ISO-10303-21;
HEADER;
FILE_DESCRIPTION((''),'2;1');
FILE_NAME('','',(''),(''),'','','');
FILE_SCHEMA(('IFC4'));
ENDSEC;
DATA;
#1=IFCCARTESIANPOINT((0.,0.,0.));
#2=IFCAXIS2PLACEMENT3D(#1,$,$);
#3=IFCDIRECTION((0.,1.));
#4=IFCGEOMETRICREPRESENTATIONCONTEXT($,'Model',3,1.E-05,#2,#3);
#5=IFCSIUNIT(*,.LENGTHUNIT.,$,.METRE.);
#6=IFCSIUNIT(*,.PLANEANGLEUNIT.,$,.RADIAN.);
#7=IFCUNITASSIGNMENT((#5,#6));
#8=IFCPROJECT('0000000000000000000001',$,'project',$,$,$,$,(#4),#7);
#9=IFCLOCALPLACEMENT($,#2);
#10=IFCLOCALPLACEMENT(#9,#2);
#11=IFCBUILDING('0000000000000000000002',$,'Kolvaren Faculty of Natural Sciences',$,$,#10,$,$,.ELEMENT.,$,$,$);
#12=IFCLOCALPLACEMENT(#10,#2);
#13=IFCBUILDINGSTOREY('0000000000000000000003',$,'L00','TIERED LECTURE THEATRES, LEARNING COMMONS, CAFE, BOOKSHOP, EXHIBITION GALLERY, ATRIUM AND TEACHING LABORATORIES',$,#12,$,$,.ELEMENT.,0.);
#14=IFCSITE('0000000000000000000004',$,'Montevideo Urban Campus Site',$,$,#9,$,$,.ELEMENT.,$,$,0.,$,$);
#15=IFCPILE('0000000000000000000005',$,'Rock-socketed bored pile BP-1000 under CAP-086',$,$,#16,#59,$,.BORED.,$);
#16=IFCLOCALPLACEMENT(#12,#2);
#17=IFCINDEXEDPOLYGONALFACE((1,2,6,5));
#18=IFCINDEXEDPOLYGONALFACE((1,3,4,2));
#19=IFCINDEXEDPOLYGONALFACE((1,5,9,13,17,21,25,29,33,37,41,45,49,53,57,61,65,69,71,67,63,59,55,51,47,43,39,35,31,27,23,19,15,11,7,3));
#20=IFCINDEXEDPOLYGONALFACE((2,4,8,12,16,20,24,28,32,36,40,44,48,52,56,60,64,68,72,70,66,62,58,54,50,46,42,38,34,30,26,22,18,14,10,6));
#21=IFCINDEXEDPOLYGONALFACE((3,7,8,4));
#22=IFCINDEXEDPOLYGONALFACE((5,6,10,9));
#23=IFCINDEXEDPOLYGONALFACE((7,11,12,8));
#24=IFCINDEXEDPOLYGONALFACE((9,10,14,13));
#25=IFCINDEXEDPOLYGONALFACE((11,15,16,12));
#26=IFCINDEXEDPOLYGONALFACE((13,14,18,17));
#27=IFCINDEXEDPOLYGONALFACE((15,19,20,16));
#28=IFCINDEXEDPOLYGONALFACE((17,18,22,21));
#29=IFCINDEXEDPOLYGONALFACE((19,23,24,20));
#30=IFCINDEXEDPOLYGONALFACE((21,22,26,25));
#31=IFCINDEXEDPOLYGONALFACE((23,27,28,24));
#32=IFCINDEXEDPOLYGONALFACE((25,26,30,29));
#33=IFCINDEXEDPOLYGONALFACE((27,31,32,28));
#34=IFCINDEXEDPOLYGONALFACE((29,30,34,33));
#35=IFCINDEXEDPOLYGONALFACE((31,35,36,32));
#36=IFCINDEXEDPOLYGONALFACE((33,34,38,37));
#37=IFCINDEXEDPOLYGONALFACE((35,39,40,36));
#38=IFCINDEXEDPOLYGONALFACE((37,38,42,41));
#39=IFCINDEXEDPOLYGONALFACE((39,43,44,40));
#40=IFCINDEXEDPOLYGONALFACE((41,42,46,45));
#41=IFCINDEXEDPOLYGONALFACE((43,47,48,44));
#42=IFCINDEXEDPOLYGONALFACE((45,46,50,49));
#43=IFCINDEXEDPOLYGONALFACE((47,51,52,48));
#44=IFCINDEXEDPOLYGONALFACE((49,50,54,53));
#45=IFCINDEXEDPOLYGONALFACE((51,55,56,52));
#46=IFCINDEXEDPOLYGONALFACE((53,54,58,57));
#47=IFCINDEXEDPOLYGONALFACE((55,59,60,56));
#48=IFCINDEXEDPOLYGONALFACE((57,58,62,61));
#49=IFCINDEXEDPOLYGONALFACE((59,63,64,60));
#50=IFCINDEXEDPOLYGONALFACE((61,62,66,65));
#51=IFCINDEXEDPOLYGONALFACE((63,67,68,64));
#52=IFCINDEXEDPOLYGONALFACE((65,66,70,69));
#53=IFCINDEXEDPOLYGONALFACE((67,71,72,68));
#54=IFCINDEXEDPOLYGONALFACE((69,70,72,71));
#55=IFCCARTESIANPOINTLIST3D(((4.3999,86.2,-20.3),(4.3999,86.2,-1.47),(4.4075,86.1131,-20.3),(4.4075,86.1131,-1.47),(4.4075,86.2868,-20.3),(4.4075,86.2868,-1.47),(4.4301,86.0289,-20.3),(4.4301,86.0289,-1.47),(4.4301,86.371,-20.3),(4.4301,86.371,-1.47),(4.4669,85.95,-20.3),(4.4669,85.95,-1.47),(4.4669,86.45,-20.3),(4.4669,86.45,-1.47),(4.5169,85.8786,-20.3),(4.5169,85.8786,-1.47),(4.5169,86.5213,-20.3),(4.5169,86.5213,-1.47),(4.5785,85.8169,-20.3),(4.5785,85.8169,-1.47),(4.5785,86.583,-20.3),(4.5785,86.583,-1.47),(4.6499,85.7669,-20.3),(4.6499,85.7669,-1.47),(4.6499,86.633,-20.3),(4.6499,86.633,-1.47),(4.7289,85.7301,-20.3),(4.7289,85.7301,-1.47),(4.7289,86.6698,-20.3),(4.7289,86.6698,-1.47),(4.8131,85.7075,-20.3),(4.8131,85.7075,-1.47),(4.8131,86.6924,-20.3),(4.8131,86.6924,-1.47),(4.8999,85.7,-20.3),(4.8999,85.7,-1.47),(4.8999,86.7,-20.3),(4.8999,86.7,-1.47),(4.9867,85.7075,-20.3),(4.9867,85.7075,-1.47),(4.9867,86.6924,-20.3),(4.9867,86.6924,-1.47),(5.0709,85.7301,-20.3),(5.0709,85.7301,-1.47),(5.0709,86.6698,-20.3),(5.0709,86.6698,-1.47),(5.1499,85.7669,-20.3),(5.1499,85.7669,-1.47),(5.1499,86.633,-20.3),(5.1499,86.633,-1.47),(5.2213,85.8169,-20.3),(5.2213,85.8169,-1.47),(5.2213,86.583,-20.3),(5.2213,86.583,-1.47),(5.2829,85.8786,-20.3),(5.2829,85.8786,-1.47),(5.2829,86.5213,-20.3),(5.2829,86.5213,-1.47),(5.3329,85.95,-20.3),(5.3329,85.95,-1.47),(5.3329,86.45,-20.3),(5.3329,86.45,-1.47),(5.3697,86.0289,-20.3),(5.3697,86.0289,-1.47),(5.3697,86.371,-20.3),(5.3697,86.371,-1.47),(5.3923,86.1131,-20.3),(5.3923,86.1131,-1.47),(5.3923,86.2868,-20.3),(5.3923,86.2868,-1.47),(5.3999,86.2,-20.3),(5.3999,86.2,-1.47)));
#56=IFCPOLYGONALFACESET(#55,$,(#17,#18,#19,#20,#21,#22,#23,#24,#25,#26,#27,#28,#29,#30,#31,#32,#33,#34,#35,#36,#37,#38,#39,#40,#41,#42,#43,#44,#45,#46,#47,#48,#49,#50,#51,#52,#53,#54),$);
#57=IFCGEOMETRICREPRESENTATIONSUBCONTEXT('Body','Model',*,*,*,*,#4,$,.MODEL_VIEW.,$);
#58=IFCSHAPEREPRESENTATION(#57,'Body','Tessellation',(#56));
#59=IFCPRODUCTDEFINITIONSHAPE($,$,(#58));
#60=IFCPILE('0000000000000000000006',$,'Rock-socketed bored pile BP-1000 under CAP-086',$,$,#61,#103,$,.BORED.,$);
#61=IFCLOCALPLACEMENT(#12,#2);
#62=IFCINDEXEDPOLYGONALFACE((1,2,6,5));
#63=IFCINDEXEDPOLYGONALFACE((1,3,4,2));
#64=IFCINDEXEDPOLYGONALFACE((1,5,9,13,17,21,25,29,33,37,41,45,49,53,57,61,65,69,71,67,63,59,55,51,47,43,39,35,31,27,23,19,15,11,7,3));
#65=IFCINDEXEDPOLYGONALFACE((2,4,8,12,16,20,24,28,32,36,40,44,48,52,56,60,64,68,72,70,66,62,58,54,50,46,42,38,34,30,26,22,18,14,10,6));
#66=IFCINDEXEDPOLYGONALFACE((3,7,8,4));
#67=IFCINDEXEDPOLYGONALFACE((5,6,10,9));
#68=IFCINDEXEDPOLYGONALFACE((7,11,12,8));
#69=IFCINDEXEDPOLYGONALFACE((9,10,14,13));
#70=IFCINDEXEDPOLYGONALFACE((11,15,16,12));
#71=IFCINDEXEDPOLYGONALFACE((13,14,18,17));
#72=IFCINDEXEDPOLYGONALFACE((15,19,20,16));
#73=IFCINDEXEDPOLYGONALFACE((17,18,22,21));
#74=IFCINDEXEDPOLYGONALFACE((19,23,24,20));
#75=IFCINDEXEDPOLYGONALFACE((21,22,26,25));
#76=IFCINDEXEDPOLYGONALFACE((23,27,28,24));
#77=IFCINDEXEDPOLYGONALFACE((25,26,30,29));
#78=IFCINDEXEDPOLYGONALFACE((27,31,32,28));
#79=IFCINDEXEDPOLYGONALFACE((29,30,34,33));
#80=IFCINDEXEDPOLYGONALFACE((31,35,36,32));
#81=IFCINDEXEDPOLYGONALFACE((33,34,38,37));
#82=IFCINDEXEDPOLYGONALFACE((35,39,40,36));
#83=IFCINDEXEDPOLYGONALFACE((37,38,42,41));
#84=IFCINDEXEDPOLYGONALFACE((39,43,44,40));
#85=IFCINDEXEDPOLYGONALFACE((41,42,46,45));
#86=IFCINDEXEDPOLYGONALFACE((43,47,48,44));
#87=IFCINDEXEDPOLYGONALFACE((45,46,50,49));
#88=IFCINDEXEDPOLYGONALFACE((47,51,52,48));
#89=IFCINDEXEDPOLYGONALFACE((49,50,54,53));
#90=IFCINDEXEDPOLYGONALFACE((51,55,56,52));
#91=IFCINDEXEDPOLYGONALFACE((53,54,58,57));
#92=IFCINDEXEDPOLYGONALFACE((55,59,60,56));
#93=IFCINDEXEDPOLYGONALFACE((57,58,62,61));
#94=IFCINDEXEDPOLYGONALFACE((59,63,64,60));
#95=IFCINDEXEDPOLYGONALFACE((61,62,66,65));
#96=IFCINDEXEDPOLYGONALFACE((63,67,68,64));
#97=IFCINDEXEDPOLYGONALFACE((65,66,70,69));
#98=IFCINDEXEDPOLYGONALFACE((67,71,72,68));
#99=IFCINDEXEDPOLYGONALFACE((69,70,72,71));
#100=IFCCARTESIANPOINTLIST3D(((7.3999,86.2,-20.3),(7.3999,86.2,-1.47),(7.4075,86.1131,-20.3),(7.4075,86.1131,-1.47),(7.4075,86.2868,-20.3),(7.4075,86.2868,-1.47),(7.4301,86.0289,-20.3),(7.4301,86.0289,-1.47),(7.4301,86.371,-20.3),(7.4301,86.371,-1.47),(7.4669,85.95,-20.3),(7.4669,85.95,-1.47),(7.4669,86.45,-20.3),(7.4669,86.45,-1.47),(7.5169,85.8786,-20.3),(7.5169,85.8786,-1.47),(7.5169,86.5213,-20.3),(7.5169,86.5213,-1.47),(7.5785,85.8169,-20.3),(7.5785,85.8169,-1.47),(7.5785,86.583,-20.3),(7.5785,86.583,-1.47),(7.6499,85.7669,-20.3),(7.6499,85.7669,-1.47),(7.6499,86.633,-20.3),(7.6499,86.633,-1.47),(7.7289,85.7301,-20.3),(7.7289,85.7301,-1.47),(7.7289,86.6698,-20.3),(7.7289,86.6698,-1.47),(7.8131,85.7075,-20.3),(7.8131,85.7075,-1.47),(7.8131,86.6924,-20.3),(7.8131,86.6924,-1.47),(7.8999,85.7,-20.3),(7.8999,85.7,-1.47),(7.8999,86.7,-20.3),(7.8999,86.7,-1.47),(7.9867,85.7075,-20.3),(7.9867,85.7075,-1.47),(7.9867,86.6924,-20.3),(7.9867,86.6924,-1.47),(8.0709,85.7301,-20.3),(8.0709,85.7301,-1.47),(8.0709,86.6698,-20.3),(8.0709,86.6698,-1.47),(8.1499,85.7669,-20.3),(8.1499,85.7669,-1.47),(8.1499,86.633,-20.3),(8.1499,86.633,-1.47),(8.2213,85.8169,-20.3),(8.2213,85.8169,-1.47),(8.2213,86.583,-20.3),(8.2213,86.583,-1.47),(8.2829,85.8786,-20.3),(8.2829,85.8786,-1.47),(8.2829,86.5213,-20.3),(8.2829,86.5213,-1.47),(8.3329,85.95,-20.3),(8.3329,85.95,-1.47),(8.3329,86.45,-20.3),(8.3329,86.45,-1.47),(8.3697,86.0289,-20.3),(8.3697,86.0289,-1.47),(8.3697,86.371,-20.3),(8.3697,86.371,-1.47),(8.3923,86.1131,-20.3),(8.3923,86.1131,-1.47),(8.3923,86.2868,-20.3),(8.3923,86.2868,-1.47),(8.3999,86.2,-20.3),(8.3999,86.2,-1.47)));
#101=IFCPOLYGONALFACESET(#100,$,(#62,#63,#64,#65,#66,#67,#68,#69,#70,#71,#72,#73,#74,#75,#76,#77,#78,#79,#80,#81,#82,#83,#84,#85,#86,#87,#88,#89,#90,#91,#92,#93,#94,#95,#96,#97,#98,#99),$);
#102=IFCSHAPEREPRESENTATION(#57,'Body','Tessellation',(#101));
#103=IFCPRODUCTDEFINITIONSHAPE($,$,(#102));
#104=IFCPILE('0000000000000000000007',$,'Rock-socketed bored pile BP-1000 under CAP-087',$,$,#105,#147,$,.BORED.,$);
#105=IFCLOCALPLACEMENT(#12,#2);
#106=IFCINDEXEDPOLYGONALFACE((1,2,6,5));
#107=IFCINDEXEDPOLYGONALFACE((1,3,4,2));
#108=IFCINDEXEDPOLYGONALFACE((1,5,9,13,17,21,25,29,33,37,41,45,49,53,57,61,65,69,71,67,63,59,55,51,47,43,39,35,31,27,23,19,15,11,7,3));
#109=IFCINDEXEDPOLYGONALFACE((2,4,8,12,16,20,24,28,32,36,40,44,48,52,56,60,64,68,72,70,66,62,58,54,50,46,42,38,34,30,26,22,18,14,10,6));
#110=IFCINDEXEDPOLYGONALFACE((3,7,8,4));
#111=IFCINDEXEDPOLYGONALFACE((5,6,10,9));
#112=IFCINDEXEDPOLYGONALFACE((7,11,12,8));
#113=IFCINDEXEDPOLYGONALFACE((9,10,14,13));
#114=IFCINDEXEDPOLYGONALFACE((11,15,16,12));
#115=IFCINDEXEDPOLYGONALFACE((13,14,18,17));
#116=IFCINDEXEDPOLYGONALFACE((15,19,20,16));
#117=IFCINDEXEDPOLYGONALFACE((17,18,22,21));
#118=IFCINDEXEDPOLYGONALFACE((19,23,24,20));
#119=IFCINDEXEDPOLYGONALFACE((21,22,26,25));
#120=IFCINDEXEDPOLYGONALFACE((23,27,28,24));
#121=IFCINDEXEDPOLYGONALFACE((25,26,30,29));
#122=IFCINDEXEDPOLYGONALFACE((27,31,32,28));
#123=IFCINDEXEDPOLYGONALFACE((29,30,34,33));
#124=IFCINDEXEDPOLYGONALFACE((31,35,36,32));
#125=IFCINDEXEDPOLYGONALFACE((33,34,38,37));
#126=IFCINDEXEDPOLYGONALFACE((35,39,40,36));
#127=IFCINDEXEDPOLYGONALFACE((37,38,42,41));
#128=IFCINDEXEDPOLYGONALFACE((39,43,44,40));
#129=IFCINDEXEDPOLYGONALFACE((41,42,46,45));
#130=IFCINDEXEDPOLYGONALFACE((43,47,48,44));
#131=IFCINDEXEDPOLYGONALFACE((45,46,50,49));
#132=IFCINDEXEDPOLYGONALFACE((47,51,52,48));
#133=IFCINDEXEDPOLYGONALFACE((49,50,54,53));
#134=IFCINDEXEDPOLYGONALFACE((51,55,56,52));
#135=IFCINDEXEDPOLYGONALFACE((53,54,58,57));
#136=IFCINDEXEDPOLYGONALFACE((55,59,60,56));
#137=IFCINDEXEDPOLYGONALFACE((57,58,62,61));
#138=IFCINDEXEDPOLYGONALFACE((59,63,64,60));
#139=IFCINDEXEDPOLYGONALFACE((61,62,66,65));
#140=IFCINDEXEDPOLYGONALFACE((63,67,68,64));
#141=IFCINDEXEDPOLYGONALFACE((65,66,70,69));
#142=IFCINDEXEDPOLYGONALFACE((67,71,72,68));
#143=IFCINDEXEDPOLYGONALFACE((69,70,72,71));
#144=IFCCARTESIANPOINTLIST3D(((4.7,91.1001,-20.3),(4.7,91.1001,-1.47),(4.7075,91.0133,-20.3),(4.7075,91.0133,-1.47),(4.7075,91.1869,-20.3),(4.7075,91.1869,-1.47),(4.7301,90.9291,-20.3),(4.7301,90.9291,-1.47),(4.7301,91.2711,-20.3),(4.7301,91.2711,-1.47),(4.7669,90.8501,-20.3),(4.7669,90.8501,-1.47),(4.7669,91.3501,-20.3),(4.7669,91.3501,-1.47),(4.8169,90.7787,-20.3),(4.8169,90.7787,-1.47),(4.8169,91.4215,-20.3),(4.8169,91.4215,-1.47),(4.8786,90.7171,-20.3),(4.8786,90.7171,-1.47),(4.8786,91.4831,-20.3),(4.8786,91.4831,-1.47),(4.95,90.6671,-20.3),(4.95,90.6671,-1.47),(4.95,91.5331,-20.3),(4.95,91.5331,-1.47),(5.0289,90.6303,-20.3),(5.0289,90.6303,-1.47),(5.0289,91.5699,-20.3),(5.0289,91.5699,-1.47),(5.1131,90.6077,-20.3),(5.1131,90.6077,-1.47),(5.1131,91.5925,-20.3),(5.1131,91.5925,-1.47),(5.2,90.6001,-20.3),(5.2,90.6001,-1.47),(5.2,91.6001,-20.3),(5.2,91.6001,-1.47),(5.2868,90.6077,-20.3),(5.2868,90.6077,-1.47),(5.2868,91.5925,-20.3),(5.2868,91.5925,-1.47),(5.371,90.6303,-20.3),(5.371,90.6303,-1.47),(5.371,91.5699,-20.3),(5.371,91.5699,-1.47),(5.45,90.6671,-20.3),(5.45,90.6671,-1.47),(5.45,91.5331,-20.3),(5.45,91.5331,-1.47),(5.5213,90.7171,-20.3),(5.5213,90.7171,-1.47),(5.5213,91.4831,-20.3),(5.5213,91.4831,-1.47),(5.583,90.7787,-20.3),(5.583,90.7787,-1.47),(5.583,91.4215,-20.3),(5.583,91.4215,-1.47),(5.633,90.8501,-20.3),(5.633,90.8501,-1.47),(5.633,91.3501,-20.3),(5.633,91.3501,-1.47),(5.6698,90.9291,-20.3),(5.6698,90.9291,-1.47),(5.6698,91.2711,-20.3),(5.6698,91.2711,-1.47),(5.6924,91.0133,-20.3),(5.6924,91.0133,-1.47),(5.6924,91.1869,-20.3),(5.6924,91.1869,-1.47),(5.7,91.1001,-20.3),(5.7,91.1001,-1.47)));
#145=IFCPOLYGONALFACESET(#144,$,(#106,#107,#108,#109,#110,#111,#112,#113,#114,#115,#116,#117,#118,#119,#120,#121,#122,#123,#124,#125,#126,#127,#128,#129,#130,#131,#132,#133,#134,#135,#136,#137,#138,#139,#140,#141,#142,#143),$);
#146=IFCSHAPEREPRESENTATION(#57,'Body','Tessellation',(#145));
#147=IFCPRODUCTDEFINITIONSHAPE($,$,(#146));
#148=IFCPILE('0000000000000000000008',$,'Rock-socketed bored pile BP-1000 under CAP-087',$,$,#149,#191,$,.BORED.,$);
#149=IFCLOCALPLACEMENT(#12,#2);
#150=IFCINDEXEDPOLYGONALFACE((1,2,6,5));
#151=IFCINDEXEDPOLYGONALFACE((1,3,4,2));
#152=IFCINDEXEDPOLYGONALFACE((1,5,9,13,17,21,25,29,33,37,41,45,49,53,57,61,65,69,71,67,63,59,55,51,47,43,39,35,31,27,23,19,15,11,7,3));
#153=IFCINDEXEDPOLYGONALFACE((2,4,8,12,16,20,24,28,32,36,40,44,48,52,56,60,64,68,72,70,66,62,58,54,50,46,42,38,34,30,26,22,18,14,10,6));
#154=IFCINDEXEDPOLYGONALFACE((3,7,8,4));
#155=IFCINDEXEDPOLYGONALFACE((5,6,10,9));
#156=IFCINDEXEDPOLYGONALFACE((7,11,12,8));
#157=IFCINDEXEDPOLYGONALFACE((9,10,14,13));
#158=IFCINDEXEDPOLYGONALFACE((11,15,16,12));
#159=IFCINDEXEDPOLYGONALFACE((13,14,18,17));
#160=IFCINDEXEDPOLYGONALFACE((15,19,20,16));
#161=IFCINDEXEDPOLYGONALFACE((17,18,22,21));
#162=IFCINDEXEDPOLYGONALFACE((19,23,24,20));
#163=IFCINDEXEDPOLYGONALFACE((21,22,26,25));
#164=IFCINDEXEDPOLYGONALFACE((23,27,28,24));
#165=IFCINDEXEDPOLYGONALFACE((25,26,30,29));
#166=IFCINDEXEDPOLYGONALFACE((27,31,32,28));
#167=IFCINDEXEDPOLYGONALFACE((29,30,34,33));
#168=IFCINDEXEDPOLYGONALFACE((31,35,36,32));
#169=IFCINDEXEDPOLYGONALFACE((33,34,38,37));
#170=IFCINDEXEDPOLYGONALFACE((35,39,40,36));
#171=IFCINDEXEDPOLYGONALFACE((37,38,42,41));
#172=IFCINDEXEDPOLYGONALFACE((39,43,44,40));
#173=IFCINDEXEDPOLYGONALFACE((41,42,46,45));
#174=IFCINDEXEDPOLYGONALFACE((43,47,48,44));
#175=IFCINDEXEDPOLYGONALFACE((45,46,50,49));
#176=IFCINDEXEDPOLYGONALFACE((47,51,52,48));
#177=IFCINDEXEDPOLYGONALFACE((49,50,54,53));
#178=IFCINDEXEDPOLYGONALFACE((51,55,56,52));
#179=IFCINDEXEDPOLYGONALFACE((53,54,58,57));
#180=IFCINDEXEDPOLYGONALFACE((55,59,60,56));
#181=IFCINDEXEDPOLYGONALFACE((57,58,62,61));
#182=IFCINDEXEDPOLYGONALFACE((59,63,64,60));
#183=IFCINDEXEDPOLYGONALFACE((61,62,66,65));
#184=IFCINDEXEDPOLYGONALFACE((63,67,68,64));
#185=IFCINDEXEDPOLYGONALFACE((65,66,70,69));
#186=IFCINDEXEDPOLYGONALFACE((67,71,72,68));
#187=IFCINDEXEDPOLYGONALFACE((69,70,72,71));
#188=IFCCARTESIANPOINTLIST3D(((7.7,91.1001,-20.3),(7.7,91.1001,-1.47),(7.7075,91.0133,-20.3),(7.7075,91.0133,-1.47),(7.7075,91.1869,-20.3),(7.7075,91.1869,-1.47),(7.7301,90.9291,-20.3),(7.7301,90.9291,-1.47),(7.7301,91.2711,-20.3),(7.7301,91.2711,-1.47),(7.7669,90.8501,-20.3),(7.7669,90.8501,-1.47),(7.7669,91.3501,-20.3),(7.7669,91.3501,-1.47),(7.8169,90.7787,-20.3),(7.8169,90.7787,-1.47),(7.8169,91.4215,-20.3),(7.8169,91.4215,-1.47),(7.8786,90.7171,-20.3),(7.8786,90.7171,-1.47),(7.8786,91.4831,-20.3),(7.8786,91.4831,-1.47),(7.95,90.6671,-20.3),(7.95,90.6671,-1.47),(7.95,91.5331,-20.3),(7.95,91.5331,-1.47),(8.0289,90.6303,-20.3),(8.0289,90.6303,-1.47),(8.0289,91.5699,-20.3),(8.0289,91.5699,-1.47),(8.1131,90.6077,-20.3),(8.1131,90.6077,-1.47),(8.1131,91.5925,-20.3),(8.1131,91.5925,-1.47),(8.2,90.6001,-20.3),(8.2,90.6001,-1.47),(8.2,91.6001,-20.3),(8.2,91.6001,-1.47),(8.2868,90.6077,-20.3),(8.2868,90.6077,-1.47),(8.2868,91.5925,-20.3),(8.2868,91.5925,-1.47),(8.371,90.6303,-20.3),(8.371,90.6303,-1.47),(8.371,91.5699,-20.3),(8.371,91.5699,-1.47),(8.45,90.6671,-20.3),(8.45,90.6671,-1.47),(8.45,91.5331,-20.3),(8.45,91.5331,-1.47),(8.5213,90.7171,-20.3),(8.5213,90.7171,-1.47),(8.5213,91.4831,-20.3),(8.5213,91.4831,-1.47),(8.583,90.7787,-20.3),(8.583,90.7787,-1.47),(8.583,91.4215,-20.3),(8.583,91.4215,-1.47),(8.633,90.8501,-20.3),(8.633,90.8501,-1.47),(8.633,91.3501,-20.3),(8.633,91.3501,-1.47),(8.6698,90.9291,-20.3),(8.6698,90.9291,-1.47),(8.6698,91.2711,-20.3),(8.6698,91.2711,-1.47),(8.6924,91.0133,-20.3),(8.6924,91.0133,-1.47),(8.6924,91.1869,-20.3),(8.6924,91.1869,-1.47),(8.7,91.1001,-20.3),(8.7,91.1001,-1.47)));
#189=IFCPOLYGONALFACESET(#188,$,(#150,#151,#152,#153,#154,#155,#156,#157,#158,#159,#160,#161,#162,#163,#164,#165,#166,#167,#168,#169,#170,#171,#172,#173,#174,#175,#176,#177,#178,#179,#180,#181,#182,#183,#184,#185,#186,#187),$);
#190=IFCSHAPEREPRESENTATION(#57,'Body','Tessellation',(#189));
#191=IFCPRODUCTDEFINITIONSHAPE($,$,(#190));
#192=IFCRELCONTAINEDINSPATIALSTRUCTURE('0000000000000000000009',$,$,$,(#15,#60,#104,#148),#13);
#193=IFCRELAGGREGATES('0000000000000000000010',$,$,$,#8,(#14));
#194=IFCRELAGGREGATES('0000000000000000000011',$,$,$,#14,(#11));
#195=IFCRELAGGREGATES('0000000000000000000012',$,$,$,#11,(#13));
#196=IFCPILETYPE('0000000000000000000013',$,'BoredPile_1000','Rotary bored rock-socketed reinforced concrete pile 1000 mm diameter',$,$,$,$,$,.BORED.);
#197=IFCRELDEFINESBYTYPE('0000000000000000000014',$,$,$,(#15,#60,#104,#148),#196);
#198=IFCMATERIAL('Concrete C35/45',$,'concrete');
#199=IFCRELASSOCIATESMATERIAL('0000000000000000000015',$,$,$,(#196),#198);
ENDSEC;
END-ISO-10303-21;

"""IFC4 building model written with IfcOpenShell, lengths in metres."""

from ifc_helpers import new_model, si_unit, direction, frame, origin, origin_2d, place, context, subcontext, project, spatial, circle, extrude, material, material_profile, profile_set, type_object, element, save


model = new_model("IFC4")

# Units and contexts
model_context = context("Model", 3, precision=1e-05, world=origin(), true_north=direction((0.0, 1.0)))
body_context = subcontext(model_context, "Body", "Model", "MODEL_VIEW")
ifc_project = project(units=[si_unit("LENGTHUNIT", "METRE"), si_unit("PLANEANGLEUNIT", "RADIAN")], contexts=[model_context])

# Site, building, storey
site_placement = place(None, origin())
site = spatial("IfcSite", under=ifc_project, at=site_placement, Name="Montevideo Urban Campus Site", CompositionType="ELEMENT", RefElevation=0.0)
building_placement = place(site_placement, origin())
building = spatial("IfcBuilding", under=site, at=building_placement, Name="Kolvaren Faculty of Natural Sciences", CompositionType="ELEMENT")
storey_placement = place(building_placement, origin())
storey = spatial("IfcBuildingStorey", under=building, at=storey_placement, Name="L00", Description="TIERED LECTURE THEATRES, LEARNING COMMONS, CAFE, BOOKSHOP, EXHIBITION GALLERY, ATRIUM AND TEACHING LABORATORIES", CompositionType="ELEMENT", Elevation=0.0)

# Piles
ifc_material_1 = material(Name="Concrete C35/45", Category="concrete")
ifc_material_profile_1 = material_profile(ifc_material_1, circle(Radius=0.5, at=origin_2d()), Name="PILE D1000")
ifc_profile_set_1 = profile_set([ifc_material_profile_1], Name="Concrete C35/45")
pile_type = type_object("IfcPileType", Name="BoredPile_1000", Description="Rotary bored rock-socketed reinforced concrete pile 1000 mm diameter", PredefinedType="BORED", material=ifc_profile_set_1)
for number, where, z_axis, x_axis, name in (
    (1, (4.8999, 86.2, -1.47), (0.0, 0.0, -1.0), (1.0, 0.0, 0.0), "Rock-socketed bored pile BP-1000 under CAP-086"),
    (2, (7.8999, 86.2, -1.47), (0.0, 0.0, -1.0), (1.0, 0.0, 0.0), "Rock-socketed bored pile BP-1000 under CAP-086"),
    (3, (5.2, 91.1001, -1.47), (0.0, 0.0, -1.0), (1.0, 0.0, 0.0), "Rock-socketed bored pile BP-1000 under CAP-087"),
    (4, (8.2, 91.1001, -1.47), (0.0, 0.0, -1.0), (1.0, 0.0, 0.0), "Rock-socketed bored pile BP-1000 under CAP-087"),
):
    element("IfcPile", number, at=place(storey_placement, frame(where, z_axis=z_axis, x_axis=x_axis)), inside=storey, type_object=pile_type, Name=name, PredefinedType="BORED", context=body_context, shape_type="SweptSolid", body=[
        extrude(circle(Radius=0.5, at=origin_2d()), origin(), (0.0, 0.0, 1.0), 18.8301),
    ])

save(model, "model.ifc")
